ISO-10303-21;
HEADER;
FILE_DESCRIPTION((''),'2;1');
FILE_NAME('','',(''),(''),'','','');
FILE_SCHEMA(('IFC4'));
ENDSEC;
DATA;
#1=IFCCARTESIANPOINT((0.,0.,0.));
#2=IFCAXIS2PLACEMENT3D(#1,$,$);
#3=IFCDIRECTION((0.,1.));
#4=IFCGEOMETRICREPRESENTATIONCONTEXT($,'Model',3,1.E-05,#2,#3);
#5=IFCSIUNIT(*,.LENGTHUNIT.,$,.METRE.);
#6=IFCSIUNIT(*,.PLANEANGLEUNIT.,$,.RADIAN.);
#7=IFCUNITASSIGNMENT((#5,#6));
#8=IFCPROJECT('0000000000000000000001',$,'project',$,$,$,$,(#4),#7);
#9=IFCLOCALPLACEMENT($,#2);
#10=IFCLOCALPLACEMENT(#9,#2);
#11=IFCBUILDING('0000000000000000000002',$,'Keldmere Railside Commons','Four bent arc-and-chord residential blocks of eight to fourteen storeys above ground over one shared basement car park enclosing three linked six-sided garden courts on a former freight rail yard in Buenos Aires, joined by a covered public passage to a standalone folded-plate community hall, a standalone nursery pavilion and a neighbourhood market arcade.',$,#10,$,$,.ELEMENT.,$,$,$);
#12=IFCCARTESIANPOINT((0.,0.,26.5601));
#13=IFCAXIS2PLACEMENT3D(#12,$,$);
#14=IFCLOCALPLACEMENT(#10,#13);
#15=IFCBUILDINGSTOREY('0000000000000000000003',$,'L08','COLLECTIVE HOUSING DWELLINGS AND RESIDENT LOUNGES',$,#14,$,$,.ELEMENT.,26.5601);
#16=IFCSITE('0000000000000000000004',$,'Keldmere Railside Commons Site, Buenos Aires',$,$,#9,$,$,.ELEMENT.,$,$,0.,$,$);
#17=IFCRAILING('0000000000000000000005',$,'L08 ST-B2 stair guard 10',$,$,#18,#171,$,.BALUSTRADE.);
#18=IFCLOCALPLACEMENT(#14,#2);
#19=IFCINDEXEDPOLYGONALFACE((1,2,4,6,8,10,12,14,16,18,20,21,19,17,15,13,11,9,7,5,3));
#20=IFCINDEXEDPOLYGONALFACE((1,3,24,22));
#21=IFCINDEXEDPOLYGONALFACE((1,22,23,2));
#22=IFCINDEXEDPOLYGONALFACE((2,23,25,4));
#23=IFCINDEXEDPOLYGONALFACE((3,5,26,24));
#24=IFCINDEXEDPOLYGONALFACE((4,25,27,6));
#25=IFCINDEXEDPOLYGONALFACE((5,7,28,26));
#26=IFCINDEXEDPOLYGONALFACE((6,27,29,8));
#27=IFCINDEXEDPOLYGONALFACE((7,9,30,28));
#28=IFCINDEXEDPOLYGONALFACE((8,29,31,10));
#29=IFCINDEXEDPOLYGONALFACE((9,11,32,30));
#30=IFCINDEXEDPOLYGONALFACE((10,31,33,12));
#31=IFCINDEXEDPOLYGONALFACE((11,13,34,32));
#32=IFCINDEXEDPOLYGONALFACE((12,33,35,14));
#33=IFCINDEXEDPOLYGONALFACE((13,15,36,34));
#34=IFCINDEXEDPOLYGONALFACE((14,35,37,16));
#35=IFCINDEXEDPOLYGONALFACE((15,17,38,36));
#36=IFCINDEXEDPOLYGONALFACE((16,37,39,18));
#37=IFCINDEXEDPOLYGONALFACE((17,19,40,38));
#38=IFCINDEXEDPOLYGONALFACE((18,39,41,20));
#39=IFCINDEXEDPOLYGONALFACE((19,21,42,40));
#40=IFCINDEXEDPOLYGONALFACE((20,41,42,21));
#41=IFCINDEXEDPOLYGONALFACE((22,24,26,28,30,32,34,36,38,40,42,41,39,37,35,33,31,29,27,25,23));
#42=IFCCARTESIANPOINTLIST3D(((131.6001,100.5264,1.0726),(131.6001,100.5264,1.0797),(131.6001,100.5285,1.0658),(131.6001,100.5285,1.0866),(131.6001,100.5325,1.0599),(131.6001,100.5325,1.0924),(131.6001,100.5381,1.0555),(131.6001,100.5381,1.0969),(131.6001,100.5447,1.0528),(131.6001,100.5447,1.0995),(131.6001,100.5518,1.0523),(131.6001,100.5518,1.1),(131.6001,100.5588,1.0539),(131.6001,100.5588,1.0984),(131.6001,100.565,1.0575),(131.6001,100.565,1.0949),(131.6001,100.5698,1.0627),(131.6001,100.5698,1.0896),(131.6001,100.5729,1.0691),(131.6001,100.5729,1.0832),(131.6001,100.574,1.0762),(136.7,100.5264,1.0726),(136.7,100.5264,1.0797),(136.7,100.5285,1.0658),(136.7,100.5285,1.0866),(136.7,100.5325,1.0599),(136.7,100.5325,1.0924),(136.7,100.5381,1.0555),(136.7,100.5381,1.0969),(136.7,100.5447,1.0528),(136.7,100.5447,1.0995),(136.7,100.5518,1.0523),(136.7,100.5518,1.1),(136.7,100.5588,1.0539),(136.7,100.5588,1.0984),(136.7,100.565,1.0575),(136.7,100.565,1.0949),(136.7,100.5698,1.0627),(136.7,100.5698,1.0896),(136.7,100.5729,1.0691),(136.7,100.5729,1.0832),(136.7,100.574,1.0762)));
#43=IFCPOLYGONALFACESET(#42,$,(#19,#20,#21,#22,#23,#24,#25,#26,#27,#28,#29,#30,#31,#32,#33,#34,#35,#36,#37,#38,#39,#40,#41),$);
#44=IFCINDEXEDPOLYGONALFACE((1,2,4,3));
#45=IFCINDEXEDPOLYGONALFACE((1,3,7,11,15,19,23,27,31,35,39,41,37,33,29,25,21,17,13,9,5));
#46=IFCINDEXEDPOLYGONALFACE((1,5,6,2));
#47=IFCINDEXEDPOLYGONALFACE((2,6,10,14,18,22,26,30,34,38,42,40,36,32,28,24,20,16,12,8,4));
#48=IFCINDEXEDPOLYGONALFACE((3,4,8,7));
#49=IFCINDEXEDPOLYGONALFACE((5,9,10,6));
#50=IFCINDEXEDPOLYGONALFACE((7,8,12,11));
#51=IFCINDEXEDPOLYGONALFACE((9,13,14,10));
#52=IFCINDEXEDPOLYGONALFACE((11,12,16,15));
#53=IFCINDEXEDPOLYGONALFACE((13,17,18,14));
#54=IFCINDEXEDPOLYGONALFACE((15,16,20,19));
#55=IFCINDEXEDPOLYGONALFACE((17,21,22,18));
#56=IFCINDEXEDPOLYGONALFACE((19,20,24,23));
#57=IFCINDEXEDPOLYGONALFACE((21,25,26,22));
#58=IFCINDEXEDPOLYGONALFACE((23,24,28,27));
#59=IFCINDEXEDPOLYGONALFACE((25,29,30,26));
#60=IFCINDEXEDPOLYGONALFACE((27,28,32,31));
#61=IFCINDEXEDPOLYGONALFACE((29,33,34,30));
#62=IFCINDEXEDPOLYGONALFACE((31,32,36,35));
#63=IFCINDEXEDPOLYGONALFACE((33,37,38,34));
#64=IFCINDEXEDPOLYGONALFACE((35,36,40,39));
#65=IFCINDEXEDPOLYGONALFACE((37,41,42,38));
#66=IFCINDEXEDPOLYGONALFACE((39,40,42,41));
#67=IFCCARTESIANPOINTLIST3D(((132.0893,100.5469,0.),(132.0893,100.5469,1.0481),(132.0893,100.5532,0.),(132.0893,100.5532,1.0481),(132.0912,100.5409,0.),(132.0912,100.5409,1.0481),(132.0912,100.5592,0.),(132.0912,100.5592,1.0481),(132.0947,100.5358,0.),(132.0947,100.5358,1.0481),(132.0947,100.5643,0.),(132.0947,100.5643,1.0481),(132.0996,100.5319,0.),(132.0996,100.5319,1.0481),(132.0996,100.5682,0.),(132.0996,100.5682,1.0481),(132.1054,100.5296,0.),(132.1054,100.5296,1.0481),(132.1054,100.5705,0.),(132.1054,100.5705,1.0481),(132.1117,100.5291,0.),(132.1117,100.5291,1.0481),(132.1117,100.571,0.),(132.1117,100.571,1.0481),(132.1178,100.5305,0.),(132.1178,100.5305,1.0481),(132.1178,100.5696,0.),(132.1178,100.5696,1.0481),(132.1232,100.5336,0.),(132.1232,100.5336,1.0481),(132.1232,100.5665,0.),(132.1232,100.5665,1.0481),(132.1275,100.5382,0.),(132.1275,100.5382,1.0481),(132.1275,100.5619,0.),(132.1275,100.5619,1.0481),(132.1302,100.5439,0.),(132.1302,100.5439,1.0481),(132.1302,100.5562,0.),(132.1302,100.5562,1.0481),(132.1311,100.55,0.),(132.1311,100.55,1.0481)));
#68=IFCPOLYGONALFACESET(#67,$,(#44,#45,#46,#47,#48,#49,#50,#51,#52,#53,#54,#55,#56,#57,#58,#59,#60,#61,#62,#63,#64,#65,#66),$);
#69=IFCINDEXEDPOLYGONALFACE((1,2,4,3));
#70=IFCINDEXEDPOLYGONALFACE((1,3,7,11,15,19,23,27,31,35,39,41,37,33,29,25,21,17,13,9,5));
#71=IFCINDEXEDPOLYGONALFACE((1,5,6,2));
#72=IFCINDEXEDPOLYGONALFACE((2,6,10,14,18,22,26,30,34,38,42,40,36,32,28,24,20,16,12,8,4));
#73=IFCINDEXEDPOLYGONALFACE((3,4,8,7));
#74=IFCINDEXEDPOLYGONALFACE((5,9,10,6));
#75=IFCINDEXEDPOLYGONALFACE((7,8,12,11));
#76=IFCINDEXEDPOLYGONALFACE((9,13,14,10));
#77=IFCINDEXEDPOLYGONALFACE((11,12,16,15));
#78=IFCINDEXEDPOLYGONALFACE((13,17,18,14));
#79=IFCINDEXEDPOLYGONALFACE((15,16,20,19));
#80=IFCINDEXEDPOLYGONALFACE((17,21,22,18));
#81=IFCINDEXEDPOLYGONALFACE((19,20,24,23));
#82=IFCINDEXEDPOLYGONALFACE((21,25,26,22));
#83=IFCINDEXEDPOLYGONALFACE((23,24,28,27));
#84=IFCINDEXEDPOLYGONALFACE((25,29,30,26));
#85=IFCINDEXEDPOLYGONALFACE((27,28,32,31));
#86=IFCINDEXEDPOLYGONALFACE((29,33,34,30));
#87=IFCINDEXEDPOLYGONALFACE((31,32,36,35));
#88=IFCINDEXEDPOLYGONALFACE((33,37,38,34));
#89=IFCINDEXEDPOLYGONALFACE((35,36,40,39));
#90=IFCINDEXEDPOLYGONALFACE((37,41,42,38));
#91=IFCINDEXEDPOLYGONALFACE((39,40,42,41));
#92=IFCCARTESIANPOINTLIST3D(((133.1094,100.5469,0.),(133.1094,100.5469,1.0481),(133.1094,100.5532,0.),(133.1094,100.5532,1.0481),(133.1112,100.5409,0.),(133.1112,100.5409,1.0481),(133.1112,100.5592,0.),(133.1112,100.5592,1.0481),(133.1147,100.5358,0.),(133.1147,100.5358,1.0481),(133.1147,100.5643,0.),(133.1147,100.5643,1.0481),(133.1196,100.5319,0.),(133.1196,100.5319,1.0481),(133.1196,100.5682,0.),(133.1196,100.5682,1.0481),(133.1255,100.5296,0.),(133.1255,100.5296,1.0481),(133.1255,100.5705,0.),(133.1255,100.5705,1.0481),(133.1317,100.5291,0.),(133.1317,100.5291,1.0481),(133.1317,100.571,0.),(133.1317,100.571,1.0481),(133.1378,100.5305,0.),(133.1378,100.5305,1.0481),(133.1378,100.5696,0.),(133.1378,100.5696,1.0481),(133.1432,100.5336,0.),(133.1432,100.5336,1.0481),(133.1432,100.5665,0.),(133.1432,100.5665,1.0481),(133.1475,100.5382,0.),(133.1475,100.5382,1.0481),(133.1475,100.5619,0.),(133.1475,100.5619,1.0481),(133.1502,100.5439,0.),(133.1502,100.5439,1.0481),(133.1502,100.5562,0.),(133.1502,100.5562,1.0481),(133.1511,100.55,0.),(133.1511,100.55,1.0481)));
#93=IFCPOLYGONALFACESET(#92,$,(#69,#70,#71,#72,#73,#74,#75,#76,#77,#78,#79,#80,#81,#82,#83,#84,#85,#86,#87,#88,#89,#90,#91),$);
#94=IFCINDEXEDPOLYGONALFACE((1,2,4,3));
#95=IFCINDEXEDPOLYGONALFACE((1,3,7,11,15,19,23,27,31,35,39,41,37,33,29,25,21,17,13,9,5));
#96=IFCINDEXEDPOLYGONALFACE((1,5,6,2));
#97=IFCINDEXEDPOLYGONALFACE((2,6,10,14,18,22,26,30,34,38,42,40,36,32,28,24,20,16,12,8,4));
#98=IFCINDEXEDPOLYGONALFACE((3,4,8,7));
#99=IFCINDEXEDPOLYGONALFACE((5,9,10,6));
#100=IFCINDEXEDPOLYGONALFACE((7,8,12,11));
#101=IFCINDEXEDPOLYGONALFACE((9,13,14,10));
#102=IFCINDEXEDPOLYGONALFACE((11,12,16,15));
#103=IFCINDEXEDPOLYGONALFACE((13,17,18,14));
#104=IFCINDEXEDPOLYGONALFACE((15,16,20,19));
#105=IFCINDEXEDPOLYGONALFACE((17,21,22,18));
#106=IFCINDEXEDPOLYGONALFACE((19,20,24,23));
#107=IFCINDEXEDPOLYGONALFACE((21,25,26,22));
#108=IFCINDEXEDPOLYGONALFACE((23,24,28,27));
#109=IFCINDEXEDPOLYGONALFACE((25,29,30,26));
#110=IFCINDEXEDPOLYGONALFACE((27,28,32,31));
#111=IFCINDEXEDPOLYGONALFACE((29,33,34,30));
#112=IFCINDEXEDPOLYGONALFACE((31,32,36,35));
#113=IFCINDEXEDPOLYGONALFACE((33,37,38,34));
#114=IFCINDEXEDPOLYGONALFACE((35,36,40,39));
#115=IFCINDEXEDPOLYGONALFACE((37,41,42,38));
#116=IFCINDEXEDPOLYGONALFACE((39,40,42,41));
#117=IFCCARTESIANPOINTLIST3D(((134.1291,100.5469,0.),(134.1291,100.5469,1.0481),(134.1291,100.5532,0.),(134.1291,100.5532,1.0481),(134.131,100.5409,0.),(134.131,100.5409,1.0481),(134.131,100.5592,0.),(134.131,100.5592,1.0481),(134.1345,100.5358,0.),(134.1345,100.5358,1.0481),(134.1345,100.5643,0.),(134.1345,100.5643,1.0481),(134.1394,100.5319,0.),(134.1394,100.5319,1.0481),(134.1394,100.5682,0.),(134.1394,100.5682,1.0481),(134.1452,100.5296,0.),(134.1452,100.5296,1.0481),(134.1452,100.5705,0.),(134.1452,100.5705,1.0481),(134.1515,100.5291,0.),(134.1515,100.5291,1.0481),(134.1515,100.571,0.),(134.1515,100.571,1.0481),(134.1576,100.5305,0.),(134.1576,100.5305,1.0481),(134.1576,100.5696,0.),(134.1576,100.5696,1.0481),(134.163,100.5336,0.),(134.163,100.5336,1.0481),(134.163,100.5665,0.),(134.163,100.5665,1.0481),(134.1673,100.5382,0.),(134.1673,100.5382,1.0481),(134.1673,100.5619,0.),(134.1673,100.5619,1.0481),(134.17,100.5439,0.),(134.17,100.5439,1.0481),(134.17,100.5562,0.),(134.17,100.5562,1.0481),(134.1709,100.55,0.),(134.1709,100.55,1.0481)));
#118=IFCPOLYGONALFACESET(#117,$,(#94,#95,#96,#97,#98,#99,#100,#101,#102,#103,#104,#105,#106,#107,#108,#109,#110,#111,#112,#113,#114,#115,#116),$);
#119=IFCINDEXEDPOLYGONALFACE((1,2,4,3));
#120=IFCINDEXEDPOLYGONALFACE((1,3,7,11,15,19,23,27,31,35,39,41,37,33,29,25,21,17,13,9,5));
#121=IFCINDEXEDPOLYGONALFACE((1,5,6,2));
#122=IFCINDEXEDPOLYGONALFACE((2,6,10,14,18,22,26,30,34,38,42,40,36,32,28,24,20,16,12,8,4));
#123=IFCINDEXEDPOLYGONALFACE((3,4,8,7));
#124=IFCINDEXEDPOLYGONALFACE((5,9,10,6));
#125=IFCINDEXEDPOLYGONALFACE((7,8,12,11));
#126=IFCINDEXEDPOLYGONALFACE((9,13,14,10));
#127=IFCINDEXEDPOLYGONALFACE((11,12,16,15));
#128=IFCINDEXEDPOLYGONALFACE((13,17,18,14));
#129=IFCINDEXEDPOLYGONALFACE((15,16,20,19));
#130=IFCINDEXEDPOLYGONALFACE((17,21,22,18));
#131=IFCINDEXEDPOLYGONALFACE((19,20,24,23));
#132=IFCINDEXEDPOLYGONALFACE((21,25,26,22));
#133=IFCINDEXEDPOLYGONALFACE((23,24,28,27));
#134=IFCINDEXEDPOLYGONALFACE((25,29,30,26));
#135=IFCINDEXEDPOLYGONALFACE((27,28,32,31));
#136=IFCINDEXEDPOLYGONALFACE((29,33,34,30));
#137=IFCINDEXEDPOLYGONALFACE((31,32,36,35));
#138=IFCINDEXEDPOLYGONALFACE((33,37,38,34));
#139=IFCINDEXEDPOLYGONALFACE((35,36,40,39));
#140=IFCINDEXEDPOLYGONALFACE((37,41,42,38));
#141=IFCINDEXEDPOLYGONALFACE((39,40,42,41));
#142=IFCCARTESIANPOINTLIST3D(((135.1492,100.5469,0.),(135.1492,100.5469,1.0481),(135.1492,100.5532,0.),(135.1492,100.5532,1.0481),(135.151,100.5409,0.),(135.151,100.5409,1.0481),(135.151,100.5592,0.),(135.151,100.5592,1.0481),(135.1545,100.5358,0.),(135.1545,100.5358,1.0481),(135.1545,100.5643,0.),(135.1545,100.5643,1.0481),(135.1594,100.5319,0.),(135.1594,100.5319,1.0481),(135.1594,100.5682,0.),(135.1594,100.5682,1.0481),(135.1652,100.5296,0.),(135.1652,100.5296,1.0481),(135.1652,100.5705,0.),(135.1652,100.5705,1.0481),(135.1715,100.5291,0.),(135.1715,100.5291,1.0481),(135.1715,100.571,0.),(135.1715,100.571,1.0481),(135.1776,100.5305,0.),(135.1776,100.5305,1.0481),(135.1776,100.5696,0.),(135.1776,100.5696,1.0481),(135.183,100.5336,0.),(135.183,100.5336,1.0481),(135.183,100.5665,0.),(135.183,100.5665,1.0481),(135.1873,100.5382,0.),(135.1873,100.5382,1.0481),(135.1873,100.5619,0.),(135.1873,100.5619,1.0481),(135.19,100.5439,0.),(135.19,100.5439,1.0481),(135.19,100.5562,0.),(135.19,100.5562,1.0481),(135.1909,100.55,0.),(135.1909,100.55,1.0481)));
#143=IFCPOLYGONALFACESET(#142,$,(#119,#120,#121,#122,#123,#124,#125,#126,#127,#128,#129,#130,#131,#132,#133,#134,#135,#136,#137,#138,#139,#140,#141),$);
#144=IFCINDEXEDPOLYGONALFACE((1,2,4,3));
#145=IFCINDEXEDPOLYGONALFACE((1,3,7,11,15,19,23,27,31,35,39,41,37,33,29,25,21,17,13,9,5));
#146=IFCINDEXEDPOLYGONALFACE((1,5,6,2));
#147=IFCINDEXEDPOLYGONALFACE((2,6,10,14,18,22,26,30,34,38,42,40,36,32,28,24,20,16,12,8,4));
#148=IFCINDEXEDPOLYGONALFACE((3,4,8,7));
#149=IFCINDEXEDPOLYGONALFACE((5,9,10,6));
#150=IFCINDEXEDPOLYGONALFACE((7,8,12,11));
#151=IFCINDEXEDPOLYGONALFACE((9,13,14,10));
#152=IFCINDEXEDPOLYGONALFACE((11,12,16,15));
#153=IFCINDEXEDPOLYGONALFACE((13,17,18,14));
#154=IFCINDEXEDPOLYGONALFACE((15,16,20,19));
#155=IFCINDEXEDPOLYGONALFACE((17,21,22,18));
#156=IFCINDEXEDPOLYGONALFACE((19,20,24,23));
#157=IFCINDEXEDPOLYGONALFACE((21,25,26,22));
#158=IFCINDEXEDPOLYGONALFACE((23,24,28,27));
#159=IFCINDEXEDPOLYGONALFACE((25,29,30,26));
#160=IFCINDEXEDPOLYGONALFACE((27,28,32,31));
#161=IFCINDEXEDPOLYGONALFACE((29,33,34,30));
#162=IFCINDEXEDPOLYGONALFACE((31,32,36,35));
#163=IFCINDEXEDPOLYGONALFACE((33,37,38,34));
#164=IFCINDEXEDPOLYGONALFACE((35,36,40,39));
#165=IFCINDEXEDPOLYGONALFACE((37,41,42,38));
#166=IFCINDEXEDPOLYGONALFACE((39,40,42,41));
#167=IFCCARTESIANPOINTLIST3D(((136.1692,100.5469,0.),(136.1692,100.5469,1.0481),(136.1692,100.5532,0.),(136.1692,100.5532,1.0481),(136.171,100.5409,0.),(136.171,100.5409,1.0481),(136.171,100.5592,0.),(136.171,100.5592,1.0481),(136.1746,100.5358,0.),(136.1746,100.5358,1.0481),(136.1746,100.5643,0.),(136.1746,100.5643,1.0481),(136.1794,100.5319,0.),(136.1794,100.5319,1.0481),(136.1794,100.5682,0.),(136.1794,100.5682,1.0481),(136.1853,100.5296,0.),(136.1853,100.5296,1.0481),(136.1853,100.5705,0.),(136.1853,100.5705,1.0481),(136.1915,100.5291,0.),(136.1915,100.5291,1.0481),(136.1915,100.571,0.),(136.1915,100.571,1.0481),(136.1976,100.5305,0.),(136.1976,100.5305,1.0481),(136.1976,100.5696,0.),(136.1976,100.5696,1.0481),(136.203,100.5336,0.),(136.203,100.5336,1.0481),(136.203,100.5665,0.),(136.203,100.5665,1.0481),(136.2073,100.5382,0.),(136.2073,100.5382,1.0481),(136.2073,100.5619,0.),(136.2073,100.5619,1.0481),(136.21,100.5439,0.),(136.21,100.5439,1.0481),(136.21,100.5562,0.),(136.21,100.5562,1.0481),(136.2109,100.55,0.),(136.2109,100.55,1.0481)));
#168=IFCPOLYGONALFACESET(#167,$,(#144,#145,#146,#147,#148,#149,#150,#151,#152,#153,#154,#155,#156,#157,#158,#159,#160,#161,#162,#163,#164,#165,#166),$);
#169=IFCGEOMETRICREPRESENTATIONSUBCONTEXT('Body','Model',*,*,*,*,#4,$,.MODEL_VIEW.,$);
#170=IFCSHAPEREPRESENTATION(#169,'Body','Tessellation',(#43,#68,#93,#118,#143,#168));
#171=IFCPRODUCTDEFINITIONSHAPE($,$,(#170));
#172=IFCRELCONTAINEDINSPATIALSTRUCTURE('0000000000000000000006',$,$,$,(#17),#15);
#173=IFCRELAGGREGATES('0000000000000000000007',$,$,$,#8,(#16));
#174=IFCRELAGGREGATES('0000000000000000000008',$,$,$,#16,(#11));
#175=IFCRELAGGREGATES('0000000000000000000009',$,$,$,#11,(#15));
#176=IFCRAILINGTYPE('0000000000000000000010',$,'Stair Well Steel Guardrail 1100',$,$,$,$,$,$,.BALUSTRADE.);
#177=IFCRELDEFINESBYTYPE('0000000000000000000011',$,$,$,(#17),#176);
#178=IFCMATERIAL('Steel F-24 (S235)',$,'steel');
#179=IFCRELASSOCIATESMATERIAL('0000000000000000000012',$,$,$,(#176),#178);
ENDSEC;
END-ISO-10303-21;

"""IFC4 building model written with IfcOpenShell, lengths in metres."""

from ifc_helpers import new_model, si_unit, direction, frame, origin, origin_2d, place, context, subcontext, project, spatial, circle, extrude, material, type_object, element, save


model = new_model("IFC4")

# Units and contexts
model_context = context("Model", 3, precision=1e-05, world=origin(), true_north=direction((0.0, 1.0)))
body_context = subcontext(model_context, "Body", "Model", "MODEL_VIEW")
ifc_project = project(units=[si_unit("LENGTHUNIT", "METRE"), si_unit("PLANEANGLEUNIT", "RADIAN")], contexts=[model_context])

# Site, building, storey
site_placement = place(None, origin())
site = spatial("IfcSite", under=ifc_project, at=site_placement, Name="Keldmere Railside Commons Site, Buenos Aires", CompositionType="ELEMENT", RefElevation=0.0)
building_placement = place(site_placement, origin())
building = spatial("IfcBuilding", under=site, at=building_placement, Name="Keldmere Railside Commons", Description="Four bent arc-and-chord residential blocks of eight to fourteen storeys above ground over one shared basement car park enclosing three linked six-sided garden courts on a former freight rail yard in Buenos Aires, joined by a covered public passage to a standalone folded-plate community hall, a standalone nursery pavilion and a neighbourhood market arcade.", CompositionType="ELEMENT")
storey_placement = place(building_placement, frame((0.0, 0.0, 26.5601)))
storey = spatial("IfcBuildingStorey", under=building, at=storey_placement, Name="L08", Description="COLLECTIVE HOUSING DWELLINGS AND RESIDENT LOUNGES", CompositionType="ELEMENT", Elevation=26.5601)

# Railing
ifc_material_1 = material(Name="Steel F-24 (S235)", Category="steel")
railing_type_1 = type_object("IfcRailingType", Name="Stair Well Steel Guardrail 1100", PredefinedType="BALUSTRADE", material=ifc_material_1)
railing_1_placement = place(storey_placement, frame((131.6001, 100.55, 0.0)))
element("IfcRailing", 1, at=railing_1_placement, inside=storey, type_object=railing_type_1, Name="L08 ST-B2 stair guard 10", PredefinedType="BALUSTRADE", context=body_context, shape_type="SweptSolid", body=[
    extrude(circle(Radius=0.0239, at=origin_2d()), frame((0.0, 0.0, 1.0762), z_axis=(1.0, 0.0, 0.0), x_axis=(0.0, 1.0, 0.0)), (0.0, 0.0, 1.0), 5.0999),
    extrude(circle(Radius=0.021, at=origin_2d()), frame((0.51, 0.0, 0.0)), (0.0, 0.0, 1.0), 1.0481),
    extrude(circle(Radius=0.021, at=origin_2d()), frame((1.53, 0.0, 0.0)), (0.0, 0.0, 1.0), 1.0481),
    extrude(circle(Radius=0.021, at=origin_2d()), frame((2.5498, 0.0, 0.0)), (0.0, 0.0, 1.0), 1.0481),
    extrude(circle(Radius=0.021, at=origin_2d()), frame((3.5698, 0.0, 0.0)), (0.0, 0.0, 1.0), 1.0481),
    extrude(circle(Radius=0.021, at=origin_2d()), frame((4.5898, 0.0, 0.0)), (0.0, 0.0, 1.0), 1.0481),
])

save(model, "model.ifc")
